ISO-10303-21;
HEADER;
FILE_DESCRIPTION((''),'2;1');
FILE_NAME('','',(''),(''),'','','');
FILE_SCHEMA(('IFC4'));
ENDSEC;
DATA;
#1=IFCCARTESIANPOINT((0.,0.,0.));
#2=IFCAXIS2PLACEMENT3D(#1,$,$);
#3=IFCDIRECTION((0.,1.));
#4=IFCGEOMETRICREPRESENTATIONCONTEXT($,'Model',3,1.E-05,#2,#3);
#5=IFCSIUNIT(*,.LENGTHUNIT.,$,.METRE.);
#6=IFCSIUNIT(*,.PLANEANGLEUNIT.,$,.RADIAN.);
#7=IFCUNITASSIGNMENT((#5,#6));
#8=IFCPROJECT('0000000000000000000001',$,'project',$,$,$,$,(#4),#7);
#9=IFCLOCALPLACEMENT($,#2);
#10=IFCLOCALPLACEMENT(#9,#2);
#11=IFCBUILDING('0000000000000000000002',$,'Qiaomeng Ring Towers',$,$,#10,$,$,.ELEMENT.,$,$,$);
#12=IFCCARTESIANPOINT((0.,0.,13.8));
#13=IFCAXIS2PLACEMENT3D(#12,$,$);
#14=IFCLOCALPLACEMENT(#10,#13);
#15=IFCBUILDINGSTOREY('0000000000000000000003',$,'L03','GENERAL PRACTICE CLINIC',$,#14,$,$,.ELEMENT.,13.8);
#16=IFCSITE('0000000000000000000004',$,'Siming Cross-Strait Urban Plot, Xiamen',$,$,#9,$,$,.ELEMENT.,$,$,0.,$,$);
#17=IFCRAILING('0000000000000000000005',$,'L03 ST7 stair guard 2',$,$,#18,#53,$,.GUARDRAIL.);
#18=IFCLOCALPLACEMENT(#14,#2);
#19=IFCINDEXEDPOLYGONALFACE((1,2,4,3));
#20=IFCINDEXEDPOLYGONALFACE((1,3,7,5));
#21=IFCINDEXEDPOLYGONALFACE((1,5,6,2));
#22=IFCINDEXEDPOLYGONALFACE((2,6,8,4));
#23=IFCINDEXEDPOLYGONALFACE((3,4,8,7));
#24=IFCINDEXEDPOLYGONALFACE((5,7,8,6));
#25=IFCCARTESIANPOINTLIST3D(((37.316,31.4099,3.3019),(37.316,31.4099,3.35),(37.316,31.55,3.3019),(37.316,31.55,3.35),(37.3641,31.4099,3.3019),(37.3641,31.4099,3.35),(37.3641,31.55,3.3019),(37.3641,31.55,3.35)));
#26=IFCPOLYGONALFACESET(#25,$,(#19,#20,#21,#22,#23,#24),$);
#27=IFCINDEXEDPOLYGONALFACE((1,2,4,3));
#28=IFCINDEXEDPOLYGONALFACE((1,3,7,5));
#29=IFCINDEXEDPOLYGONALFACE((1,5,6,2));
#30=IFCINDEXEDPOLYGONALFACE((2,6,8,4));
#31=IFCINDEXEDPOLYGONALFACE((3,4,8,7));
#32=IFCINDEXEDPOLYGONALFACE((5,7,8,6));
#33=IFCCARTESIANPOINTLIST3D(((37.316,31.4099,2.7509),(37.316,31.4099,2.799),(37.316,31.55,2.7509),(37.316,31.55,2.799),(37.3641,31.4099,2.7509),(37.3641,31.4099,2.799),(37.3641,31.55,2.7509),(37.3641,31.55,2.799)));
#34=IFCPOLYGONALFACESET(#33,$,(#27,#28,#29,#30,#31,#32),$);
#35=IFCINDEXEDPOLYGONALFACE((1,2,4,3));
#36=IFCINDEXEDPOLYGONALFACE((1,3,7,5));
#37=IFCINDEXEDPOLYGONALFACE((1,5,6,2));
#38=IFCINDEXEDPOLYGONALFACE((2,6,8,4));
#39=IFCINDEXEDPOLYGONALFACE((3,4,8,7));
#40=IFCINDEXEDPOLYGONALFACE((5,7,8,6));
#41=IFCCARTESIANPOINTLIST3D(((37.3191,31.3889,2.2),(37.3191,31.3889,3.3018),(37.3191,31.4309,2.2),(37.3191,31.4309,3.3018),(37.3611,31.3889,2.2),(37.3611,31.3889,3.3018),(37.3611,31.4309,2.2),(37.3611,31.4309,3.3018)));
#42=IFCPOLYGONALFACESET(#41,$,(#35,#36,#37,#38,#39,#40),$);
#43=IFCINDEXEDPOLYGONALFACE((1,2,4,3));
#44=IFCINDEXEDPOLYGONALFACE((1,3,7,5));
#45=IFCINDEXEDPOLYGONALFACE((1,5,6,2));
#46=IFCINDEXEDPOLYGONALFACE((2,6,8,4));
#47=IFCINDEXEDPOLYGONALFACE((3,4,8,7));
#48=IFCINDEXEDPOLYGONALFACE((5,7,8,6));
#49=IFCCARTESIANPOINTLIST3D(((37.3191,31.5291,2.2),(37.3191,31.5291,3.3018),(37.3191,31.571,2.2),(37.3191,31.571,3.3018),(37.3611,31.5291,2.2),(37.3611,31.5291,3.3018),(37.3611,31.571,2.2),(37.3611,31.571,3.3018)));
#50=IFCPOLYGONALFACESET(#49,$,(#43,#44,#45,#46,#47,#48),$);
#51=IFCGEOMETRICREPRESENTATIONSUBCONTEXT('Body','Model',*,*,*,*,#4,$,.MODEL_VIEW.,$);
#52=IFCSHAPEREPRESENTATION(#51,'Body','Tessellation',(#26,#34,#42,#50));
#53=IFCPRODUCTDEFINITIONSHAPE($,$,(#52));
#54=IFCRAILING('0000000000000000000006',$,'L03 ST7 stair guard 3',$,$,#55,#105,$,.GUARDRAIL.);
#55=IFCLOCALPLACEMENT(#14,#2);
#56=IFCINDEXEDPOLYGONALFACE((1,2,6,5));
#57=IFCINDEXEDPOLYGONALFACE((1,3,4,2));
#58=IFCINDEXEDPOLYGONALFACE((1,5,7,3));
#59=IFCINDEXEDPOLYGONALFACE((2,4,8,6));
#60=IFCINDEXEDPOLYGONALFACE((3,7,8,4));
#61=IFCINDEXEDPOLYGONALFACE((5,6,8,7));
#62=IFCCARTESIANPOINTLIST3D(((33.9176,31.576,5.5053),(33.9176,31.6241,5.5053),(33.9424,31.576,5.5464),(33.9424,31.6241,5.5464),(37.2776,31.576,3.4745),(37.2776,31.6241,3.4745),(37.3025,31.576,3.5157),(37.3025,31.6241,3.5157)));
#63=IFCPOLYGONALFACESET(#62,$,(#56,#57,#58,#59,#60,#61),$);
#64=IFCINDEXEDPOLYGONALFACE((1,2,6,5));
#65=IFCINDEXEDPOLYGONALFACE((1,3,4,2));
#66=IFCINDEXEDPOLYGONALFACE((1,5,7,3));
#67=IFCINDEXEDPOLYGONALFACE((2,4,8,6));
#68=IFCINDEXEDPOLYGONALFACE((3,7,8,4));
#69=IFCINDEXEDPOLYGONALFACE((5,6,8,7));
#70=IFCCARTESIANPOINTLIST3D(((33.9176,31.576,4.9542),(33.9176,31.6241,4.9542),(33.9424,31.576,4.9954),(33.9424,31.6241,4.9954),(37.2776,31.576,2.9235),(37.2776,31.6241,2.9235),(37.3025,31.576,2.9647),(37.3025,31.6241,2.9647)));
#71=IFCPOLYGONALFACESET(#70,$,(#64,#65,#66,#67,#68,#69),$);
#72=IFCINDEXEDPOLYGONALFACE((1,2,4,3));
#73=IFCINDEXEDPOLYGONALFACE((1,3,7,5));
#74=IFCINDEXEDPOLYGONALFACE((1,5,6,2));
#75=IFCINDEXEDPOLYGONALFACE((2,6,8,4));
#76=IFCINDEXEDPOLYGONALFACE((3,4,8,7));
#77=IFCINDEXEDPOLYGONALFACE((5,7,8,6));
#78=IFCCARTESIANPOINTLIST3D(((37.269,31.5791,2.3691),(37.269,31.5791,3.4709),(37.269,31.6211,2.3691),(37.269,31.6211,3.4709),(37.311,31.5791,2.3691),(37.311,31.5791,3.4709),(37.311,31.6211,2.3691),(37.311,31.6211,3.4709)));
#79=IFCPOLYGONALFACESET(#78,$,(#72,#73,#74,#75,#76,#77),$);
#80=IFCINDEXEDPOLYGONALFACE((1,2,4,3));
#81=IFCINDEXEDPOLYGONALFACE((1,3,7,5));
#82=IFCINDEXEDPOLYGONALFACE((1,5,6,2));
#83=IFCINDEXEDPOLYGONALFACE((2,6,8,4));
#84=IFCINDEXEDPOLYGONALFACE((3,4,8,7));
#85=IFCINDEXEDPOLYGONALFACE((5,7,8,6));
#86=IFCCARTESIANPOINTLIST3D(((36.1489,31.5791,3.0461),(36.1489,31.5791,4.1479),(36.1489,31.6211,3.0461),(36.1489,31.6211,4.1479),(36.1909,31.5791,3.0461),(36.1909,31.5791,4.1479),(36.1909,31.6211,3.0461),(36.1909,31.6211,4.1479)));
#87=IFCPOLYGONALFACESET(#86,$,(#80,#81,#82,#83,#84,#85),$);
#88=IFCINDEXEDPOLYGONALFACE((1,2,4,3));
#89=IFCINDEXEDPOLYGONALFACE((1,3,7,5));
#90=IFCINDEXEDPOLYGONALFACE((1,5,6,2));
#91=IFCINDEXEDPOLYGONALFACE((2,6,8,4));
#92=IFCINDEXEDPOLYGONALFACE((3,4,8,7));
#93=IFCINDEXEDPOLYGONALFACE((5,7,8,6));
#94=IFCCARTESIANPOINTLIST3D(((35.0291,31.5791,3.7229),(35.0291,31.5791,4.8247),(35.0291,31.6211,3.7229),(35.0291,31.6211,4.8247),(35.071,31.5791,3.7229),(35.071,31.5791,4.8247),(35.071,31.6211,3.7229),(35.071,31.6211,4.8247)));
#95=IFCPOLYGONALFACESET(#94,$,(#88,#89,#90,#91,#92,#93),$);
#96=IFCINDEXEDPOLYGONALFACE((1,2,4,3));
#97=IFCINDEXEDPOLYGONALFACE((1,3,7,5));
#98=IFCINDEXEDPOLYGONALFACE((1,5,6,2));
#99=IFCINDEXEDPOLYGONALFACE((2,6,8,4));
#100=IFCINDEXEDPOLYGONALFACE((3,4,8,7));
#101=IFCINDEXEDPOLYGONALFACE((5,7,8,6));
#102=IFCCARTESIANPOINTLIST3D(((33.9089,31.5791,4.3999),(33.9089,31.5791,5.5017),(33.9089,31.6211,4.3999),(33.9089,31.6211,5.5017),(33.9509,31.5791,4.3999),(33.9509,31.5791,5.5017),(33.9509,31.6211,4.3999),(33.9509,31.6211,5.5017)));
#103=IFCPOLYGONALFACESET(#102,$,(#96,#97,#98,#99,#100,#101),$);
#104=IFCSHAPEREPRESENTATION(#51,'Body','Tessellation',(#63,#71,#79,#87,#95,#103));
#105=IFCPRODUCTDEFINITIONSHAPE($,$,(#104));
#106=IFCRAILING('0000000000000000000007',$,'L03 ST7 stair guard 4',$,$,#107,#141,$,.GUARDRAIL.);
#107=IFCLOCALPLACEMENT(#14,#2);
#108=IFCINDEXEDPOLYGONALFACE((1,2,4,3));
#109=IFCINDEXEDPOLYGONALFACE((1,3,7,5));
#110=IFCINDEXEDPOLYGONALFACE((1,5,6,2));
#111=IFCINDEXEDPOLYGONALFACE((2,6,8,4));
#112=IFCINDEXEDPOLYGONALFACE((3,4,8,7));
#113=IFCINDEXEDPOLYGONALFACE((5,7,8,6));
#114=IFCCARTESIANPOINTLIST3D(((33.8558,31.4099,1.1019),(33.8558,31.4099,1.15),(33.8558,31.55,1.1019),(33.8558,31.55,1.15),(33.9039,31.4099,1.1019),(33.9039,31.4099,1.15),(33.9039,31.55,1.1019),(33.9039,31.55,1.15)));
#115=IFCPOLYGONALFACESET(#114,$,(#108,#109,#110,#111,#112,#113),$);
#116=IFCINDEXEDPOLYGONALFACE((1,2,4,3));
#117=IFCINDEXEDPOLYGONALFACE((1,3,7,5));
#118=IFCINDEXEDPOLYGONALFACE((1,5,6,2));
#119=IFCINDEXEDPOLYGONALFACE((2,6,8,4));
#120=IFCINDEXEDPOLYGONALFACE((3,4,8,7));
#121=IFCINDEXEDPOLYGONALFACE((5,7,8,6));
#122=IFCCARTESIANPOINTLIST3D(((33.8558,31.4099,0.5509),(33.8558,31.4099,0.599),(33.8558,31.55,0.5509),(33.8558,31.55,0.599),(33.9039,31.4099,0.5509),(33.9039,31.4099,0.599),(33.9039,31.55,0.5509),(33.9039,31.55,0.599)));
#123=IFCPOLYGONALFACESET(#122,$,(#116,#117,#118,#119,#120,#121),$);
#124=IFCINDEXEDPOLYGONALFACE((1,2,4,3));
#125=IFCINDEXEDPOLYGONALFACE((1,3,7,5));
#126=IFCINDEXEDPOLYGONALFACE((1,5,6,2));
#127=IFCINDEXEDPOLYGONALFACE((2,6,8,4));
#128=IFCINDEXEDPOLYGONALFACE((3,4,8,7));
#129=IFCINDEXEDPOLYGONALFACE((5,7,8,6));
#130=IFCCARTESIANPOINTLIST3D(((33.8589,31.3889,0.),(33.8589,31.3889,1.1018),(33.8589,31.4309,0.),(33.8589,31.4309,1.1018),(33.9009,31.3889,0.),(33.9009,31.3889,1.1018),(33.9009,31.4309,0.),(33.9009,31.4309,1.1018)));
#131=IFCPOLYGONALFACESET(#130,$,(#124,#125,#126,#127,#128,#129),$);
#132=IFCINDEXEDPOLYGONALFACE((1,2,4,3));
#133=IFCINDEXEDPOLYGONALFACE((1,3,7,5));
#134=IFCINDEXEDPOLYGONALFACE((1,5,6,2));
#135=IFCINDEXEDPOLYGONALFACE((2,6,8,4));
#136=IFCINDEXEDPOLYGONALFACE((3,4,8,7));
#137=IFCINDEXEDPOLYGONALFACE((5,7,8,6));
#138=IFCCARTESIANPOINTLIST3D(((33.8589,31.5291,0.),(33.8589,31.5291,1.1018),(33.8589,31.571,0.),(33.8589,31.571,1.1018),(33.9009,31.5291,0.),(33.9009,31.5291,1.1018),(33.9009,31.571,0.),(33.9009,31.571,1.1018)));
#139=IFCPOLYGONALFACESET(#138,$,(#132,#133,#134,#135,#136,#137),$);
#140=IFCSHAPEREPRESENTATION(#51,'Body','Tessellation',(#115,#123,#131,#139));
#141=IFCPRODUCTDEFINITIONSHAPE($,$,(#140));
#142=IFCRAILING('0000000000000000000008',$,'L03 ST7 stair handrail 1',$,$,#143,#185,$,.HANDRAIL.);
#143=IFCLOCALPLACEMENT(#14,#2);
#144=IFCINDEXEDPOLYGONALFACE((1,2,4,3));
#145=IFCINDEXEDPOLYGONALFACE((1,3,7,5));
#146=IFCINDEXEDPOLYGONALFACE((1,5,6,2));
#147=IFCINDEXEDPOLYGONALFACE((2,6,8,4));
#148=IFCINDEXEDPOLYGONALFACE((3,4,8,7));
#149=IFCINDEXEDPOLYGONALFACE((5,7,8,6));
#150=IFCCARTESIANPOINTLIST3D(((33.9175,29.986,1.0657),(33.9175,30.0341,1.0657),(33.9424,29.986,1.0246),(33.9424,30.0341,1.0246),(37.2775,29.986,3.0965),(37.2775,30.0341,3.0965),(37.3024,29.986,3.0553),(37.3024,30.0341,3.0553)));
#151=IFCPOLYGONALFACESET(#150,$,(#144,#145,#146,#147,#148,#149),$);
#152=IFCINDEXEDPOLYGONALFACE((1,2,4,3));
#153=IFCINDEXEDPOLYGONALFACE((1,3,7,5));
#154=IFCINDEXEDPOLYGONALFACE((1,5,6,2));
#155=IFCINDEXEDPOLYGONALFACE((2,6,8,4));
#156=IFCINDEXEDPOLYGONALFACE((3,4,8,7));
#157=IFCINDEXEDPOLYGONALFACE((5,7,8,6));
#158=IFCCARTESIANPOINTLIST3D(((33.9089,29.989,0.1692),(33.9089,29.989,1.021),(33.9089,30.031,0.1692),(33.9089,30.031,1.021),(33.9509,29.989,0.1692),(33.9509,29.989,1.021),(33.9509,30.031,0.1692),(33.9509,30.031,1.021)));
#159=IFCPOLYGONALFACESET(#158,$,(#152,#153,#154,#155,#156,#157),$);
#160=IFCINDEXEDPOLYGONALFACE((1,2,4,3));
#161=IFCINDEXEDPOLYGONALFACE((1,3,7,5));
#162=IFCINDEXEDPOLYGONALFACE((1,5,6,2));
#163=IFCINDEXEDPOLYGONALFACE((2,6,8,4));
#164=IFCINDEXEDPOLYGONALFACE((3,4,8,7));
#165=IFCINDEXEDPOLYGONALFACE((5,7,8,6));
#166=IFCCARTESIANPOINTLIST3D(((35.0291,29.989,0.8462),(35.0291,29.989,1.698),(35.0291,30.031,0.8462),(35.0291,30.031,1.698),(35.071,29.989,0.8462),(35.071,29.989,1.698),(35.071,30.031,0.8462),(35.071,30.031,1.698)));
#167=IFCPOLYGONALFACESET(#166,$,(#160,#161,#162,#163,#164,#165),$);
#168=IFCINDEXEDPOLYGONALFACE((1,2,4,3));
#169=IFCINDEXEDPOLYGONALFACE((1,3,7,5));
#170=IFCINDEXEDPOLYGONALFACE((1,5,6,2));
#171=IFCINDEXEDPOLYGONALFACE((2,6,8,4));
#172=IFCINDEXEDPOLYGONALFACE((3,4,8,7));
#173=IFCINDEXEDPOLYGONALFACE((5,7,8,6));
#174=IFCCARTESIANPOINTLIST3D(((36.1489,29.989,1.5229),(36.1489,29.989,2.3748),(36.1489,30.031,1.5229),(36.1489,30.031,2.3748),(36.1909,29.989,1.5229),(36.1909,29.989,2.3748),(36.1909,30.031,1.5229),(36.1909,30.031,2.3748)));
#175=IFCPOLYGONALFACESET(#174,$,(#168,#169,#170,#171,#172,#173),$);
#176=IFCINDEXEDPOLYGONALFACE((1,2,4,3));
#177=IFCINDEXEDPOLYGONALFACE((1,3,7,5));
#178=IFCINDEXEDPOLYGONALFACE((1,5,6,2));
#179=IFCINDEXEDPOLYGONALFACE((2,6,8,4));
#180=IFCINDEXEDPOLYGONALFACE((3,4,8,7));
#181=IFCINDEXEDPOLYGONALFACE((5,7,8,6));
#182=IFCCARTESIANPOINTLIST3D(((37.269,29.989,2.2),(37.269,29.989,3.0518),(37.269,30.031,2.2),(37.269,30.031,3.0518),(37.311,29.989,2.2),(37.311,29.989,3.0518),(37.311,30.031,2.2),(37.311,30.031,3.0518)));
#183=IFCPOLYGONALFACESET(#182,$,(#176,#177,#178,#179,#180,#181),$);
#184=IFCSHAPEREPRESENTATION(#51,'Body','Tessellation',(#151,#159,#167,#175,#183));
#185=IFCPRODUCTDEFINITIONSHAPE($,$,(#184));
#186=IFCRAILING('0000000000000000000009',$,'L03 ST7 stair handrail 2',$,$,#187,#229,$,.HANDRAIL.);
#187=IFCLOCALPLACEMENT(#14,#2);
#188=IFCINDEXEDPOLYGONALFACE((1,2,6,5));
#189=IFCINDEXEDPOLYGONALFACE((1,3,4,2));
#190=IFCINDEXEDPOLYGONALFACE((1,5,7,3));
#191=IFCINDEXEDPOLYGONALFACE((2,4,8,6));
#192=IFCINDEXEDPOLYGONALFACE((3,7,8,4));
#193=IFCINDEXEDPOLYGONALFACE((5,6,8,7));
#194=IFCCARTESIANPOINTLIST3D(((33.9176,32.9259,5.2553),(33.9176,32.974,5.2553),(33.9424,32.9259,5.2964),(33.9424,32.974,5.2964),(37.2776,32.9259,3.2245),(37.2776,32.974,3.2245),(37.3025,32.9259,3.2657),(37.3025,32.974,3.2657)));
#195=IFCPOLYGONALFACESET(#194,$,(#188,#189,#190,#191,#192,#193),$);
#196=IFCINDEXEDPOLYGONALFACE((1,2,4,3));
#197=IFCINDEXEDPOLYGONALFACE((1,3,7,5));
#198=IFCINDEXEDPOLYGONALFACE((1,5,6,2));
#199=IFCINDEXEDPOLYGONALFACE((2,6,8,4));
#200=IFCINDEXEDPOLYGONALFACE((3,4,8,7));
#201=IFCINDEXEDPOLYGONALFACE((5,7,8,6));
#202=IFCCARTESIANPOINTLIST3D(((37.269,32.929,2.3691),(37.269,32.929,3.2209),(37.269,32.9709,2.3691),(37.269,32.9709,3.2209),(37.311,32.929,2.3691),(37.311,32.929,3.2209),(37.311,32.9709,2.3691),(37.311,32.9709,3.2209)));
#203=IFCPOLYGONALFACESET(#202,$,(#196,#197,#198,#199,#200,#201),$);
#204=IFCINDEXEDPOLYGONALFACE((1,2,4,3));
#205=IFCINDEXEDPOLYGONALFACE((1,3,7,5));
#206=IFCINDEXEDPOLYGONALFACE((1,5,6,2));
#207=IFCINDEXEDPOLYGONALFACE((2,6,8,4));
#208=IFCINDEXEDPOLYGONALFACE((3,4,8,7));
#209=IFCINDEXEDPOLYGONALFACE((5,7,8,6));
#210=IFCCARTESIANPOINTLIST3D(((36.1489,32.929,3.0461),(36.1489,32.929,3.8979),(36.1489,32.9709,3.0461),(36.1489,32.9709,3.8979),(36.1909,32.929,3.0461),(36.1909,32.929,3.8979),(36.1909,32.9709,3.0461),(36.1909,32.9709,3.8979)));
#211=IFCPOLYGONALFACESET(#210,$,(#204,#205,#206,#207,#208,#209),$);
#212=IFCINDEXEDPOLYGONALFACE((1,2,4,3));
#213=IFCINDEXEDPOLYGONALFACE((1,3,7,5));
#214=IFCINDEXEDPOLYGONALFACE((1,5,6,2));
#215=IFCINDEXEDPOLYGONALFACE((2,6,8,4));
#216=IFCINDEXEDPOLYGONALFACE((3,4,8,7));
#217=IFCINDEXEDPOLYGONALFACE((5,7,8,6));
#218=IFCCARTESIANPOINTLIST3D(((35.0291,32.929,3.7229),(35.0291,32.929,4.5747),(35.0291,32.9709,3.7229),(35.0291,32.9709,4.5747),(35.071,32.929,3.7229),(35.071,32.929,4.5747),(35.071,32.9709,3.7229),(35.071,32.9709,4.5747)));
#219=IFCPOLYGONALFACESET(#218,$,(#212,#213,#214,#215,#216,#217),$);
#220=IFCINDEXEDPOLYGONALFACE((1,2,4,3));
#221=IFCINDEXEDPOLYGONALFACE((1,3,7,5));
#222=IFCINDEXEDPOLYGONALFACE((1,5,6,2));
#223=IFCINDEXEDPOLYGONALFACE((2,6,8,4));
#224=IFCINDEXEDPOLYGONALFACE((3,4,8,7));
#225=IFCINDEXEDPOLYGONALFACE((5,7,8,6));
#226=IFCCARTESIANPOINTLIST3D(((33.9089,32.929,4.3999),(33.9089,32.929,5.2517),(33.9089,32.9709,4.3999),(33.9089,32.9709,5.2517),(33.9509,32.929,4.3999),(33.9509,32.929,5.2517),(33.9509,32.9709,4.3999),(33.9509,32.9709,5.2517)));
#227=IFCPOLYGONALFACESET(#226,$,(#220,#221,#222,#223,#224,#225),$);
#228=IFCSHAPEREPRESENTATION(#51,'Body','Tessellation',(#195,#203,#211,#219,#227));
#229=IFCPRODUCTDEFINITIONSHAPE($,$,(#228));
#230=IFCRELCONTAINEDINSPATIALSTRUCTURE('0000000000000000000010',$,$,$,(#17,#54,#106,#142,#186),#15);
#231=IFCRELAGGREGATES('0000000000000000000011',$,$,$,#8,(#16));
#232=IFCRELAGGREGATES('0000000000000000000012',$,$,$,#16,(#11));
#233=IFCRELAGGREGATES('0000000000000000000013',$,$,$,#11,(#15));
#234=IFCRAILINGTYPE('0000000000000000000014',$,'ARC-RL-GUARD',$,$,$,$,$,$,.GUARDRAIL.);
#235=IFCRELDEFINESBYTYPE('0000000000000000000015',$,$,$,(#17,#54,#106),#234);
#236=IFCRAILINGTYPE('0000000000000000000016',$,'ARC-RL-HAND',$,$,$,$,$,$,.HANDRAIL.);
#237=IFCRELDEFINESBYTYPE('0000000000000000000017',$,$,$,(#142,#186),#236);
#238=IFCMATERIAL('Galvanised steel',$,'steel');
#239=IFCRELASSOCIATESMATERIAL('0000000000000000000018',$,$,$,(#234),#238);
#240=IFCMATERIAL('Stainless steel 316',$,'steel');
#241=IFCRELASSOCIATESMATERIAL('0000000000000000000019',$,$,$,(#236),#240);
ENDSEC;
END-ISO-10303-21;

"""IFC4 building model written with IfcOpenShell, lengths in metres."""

from ifc_helpers import new_model, si_unit, direction, frame, origin, origin_2d, place, context, subcontext, project, spatial, rectangle, extrude, material, type_object, element, save


model = new_model("IFC4")

# Units and contexts
model_context = context("Model", 3, precision=1e-05, world=origin(), true_north=direction((0.0, 1.0)))
body_context = subcontext(model_context, "Body", "Model", "MODEL_VIEW")
ifc_project = project(units=[si_unit("LENGTHUNIT", "METRE"), si_unit("PLANEANGLEUNIT", "RADIAN")], contexts=[model_context])

# Site, building, storey
site_placement = place(None, origin())
site = spatial("IfcSite", under=ifc_project, at=site_placement, Name="Siming Cross-Strait Urban Plot, Xiamen", CompositionType="ELEMENT", RefElevation=0.0)
building_placement = place(site_placement, origin())
building = spatial("IfcBuilding", under=site, at=building_placement, Name="Qiaomeng Ring Towers", CompositionType="ELEMENT")
storey_placement = place(building_placement, frame((0.0, 0.0, 13.8)))
storey = spatial("IfcBuildingStorey", under=building, at=storey_placement, Name="L03", Description="GENERAL PRACTICE CLINIC", CompositionType="ELEMENT", Elevation=13.8)

# Shared definitions
ifc_material_1 = material(Name="Galvanised steel", Category="steel")

# Railings
railing_type_1 = type_object("IfcRailingType", Name="ARC-RL-GUARD", PredefinedType="GUARDRAIL", material=ifc_material_1)
railing_1_placement = place(storey_placement, frame((37.3401, 31.4099, 2.2)))
element("IfcRailing", 1, at=railing_1_placement, inside=storey, type_object=railing_type_1, Name="L03 ST7 stair guard 2", PredefinedType="GUARDRAIL", context=body_context, shape_type="SweptSolid", body=[
    extrude(rectangle(XDim=0.0481, YDim=0.0481, at=origin_2d()), frame((0.0, 0.0, 1.126), z_axis=(0.0, 1.0, 0.0), x_axis=(-1.0, 0.0, 0.0)), (0.0, 0.0, 1.0), 0.1401),
    extrude(rectangle(XDim=0.0481, YDim=0.0481, at=origin_2d()), frame((0.0, 0.0, 0.575), z_axis=(0.0, 1.0, 0.0), x_axis=(-1.0, 0.0, 0.0)), (0.0, 0.0, 1.0), 0.1401),
    extrude(rectangle(XDim=0.042, YDim=0.042, at=origin_2d()), origin(), (0.0, 0.0, 1.0), 1.1018),
    extrude(rectangle(XDim=0.042, YDim=0.042, at=origin_2d()), frame((0.0, 0.1401, 0.0)), (0.0, 0.0, 1.0), 1.1018),
])
railing_2_placement = place(storey_placement, frame((37.29, 31.6001, 2.3691)))
element("IfcRailing", 2, at=railing_2_placement, inside=storey, type_object=railing_type_1, Name="L03 ST7 stair guard 3", PredefinedType="GUARDRAIL", context=body_context, shape_type="SweptSolid", body=[
    extrude(rectangle(XDim=0.0481, YDim=0.0481, at=origin_2d()), frame((0.0, 0.0, 1.126), z_axis=(-0.855837, 0.0, 0.517246), x_axis=(0.0, -1.0, 0.0)), (0.0, 0.0, 1.0), 3.926),
    extrude(rectangle(XDim=0.0481, YDim=0.0481, at=origin_2d()), frame((0.0, 0.0, 0.575), z_axis=(-0.855837, 0.0, 0.517246), x_axis=(0.0, -1.0, 0.0)), (0.0, 0.0, 1.0), 3.926),
    extrude(rectangle(XDim=0.042, YDim=0.042, at=origin_2d()), origin(), (0.0, 0.0, 1.0), 1.1018),
    extrude(rectangle(XDim=0.042, YDim=0.042, at=origin_2d()), frame((-1.1201, 0.0, 0.677)), (0.0, 0.0, 1.0), 1.1018),
    extrude(rectangle(XDim=0.042, YDim=0.042, at=origin_2d()), frame((-2.24, 0.0, 1.3538)), (0.0, 0.0, 1.0), 1.1018),
    extrude(rectangle(XDim=0.042, YDim=0.042, at=origin_2d()), frame((-3.3601, 0.0, 2.0308)), (0.0, 0.0, 1.0), 1.1018),
])
railing_3_placement = place(storey_placement, frame((33.8799, 31.4099, 0.0)))
element("IfcRailing", 3, at=railing_3_placement, inside=storey, type_object=railing_type_1, Name="L03 ST7 stair guard 4", PredefinedType="GUARDRAIL", context=body_context, shape_type="SweptSolid", body=[
    extrude(rectangle(XDim=0.0481, YDim=0.0481, at=origin_2d()), frame((0.0, 0.0, 1.126), z_axis=(0.0, 1.0, 0.0), x_axis=(-1.0, 0.0, 0.0)), (0.0, 0.0, 1.0), 0.1401),
    extrude(rectangle(XDim=0.0481, YDim=0.0481, at=origin_2d()), frame((0.0, 0.0, 0.575), z_axis=(0.0, 1.0, 0.0), x_axis=(-1.0, 0.0, 0.0)), (0.0, 0.0, 1.0), 0.1401),
    extrude(rectangle(XDim=0.042, YDim=0.042, at=origin_2d()), origin(), (0.0, 0.0, 1.0), 1.1018),
    extrude(rectangle(XDim=0.042, YDim=0.042, at=origin_2d()), frame((0.0, 0.1401, 0.0)), (0.0, 0.0, 1.0), 1.1018),
])
ifc_material_2 = material(Name="Stainless steel 316", Category="steel")
railing_type_2 = type_object("IfcRailingType", Name="ARC-RL-HAND", PredefinedType="HANDRAIL", material=ifc_material_2)
railing_4_placement = place(storey_placement, frame((33.9299, 30.01, 0.1692)))
element("IfcRailing", 4, at=railing_4_placement, inside=storey, type_object=railing_type_2, Name="L03 ST7 stair handrail 1", PredefinedType="HANDRAIL", context=body_context, shape_type="SweptSolid", body=[
    extrude(rectangle(XDim=0.0481, YDim=0.0481, at=origin_2d()), frame((0.0, 0.0, 0.876), z_axis=(0.855837, 0.0, 0.517246), x_axis=(0.0, 1.0, 0.0)), (0.0, 0.0, 1.0), 3.926),
    extrude(rectangle(XDim=0.042, YDim=0.042, at=origin_2d()), origin(), (0.0, 0.0, 1.0), 0.8518),
    extrude(rectangle(XDim=0.042, YDim=0.042, at=origin_2d()), frame((1.1201, 0.0, 0.677)), (0.0, 0.0, 1.0), 0.8518),
    extrude(rectangle(XDim=0.042, YDim=0.042, at=origin_2d()), frame((2.24, 0.0, 1.3538)), (0.0, 0.0, 1.0), 0.8518),
    extrude(rectangle(XDim=0.042, YDim=0.042, at=origin_2d()), frame((3.3601, 0.0, 2.0308)), (0.0, 0.0, 1.0), 0.8518),
])
railing_5_placement = place(storey_placement, frame((37.29, 32.95, 2.3691)))
element("IfcRailing", 5, at=railing_5_placement, inside=storey, type_object=railing_type_2, Name="L03 ST7 stair handrail 2", PredefinedType="HANDRAIL", context=body_context, shape_type="SweptSolid", body=[
    extrude(rectangle(XDim=0.0481, YDim=0.0481, at=origin_2d()), frame((0.0, 0.0, 0.876), z_axis=(-0.855837, 0.0, 0.517246), x_axis=(0.0, -1.0, 0.0)), (0.0, 0.0, 1.0), 3.926),
    extrude(rectangle(XDim=0.042, YDim=0.042, at=origin_2d()), origin(), (0.0, 0.0, 1.0), 0.8518),
    extrude(rectangle(XDim=0.042, YDim=0.042, at=origin_2d()), frame((-1.1201, 0.0, 0.677)), (0.0, 0.0, 1.0), 0.8518),
    extrude(rectangle(XDim=0.042, YDim=0.042, at=origin_2d()), frame((-2.24, 0.0, 1.3538)), (0.0, 0.0, 1.0), 0.8518),
    extrude(rectangle(XDim=0.042, YDim=0.042, at=origin_2d()), frame((-3.3601, 0.0, 2.0308)), (0.0, 0.0, 1.0), 0.8518),
])

save(model, "model.ifc")
